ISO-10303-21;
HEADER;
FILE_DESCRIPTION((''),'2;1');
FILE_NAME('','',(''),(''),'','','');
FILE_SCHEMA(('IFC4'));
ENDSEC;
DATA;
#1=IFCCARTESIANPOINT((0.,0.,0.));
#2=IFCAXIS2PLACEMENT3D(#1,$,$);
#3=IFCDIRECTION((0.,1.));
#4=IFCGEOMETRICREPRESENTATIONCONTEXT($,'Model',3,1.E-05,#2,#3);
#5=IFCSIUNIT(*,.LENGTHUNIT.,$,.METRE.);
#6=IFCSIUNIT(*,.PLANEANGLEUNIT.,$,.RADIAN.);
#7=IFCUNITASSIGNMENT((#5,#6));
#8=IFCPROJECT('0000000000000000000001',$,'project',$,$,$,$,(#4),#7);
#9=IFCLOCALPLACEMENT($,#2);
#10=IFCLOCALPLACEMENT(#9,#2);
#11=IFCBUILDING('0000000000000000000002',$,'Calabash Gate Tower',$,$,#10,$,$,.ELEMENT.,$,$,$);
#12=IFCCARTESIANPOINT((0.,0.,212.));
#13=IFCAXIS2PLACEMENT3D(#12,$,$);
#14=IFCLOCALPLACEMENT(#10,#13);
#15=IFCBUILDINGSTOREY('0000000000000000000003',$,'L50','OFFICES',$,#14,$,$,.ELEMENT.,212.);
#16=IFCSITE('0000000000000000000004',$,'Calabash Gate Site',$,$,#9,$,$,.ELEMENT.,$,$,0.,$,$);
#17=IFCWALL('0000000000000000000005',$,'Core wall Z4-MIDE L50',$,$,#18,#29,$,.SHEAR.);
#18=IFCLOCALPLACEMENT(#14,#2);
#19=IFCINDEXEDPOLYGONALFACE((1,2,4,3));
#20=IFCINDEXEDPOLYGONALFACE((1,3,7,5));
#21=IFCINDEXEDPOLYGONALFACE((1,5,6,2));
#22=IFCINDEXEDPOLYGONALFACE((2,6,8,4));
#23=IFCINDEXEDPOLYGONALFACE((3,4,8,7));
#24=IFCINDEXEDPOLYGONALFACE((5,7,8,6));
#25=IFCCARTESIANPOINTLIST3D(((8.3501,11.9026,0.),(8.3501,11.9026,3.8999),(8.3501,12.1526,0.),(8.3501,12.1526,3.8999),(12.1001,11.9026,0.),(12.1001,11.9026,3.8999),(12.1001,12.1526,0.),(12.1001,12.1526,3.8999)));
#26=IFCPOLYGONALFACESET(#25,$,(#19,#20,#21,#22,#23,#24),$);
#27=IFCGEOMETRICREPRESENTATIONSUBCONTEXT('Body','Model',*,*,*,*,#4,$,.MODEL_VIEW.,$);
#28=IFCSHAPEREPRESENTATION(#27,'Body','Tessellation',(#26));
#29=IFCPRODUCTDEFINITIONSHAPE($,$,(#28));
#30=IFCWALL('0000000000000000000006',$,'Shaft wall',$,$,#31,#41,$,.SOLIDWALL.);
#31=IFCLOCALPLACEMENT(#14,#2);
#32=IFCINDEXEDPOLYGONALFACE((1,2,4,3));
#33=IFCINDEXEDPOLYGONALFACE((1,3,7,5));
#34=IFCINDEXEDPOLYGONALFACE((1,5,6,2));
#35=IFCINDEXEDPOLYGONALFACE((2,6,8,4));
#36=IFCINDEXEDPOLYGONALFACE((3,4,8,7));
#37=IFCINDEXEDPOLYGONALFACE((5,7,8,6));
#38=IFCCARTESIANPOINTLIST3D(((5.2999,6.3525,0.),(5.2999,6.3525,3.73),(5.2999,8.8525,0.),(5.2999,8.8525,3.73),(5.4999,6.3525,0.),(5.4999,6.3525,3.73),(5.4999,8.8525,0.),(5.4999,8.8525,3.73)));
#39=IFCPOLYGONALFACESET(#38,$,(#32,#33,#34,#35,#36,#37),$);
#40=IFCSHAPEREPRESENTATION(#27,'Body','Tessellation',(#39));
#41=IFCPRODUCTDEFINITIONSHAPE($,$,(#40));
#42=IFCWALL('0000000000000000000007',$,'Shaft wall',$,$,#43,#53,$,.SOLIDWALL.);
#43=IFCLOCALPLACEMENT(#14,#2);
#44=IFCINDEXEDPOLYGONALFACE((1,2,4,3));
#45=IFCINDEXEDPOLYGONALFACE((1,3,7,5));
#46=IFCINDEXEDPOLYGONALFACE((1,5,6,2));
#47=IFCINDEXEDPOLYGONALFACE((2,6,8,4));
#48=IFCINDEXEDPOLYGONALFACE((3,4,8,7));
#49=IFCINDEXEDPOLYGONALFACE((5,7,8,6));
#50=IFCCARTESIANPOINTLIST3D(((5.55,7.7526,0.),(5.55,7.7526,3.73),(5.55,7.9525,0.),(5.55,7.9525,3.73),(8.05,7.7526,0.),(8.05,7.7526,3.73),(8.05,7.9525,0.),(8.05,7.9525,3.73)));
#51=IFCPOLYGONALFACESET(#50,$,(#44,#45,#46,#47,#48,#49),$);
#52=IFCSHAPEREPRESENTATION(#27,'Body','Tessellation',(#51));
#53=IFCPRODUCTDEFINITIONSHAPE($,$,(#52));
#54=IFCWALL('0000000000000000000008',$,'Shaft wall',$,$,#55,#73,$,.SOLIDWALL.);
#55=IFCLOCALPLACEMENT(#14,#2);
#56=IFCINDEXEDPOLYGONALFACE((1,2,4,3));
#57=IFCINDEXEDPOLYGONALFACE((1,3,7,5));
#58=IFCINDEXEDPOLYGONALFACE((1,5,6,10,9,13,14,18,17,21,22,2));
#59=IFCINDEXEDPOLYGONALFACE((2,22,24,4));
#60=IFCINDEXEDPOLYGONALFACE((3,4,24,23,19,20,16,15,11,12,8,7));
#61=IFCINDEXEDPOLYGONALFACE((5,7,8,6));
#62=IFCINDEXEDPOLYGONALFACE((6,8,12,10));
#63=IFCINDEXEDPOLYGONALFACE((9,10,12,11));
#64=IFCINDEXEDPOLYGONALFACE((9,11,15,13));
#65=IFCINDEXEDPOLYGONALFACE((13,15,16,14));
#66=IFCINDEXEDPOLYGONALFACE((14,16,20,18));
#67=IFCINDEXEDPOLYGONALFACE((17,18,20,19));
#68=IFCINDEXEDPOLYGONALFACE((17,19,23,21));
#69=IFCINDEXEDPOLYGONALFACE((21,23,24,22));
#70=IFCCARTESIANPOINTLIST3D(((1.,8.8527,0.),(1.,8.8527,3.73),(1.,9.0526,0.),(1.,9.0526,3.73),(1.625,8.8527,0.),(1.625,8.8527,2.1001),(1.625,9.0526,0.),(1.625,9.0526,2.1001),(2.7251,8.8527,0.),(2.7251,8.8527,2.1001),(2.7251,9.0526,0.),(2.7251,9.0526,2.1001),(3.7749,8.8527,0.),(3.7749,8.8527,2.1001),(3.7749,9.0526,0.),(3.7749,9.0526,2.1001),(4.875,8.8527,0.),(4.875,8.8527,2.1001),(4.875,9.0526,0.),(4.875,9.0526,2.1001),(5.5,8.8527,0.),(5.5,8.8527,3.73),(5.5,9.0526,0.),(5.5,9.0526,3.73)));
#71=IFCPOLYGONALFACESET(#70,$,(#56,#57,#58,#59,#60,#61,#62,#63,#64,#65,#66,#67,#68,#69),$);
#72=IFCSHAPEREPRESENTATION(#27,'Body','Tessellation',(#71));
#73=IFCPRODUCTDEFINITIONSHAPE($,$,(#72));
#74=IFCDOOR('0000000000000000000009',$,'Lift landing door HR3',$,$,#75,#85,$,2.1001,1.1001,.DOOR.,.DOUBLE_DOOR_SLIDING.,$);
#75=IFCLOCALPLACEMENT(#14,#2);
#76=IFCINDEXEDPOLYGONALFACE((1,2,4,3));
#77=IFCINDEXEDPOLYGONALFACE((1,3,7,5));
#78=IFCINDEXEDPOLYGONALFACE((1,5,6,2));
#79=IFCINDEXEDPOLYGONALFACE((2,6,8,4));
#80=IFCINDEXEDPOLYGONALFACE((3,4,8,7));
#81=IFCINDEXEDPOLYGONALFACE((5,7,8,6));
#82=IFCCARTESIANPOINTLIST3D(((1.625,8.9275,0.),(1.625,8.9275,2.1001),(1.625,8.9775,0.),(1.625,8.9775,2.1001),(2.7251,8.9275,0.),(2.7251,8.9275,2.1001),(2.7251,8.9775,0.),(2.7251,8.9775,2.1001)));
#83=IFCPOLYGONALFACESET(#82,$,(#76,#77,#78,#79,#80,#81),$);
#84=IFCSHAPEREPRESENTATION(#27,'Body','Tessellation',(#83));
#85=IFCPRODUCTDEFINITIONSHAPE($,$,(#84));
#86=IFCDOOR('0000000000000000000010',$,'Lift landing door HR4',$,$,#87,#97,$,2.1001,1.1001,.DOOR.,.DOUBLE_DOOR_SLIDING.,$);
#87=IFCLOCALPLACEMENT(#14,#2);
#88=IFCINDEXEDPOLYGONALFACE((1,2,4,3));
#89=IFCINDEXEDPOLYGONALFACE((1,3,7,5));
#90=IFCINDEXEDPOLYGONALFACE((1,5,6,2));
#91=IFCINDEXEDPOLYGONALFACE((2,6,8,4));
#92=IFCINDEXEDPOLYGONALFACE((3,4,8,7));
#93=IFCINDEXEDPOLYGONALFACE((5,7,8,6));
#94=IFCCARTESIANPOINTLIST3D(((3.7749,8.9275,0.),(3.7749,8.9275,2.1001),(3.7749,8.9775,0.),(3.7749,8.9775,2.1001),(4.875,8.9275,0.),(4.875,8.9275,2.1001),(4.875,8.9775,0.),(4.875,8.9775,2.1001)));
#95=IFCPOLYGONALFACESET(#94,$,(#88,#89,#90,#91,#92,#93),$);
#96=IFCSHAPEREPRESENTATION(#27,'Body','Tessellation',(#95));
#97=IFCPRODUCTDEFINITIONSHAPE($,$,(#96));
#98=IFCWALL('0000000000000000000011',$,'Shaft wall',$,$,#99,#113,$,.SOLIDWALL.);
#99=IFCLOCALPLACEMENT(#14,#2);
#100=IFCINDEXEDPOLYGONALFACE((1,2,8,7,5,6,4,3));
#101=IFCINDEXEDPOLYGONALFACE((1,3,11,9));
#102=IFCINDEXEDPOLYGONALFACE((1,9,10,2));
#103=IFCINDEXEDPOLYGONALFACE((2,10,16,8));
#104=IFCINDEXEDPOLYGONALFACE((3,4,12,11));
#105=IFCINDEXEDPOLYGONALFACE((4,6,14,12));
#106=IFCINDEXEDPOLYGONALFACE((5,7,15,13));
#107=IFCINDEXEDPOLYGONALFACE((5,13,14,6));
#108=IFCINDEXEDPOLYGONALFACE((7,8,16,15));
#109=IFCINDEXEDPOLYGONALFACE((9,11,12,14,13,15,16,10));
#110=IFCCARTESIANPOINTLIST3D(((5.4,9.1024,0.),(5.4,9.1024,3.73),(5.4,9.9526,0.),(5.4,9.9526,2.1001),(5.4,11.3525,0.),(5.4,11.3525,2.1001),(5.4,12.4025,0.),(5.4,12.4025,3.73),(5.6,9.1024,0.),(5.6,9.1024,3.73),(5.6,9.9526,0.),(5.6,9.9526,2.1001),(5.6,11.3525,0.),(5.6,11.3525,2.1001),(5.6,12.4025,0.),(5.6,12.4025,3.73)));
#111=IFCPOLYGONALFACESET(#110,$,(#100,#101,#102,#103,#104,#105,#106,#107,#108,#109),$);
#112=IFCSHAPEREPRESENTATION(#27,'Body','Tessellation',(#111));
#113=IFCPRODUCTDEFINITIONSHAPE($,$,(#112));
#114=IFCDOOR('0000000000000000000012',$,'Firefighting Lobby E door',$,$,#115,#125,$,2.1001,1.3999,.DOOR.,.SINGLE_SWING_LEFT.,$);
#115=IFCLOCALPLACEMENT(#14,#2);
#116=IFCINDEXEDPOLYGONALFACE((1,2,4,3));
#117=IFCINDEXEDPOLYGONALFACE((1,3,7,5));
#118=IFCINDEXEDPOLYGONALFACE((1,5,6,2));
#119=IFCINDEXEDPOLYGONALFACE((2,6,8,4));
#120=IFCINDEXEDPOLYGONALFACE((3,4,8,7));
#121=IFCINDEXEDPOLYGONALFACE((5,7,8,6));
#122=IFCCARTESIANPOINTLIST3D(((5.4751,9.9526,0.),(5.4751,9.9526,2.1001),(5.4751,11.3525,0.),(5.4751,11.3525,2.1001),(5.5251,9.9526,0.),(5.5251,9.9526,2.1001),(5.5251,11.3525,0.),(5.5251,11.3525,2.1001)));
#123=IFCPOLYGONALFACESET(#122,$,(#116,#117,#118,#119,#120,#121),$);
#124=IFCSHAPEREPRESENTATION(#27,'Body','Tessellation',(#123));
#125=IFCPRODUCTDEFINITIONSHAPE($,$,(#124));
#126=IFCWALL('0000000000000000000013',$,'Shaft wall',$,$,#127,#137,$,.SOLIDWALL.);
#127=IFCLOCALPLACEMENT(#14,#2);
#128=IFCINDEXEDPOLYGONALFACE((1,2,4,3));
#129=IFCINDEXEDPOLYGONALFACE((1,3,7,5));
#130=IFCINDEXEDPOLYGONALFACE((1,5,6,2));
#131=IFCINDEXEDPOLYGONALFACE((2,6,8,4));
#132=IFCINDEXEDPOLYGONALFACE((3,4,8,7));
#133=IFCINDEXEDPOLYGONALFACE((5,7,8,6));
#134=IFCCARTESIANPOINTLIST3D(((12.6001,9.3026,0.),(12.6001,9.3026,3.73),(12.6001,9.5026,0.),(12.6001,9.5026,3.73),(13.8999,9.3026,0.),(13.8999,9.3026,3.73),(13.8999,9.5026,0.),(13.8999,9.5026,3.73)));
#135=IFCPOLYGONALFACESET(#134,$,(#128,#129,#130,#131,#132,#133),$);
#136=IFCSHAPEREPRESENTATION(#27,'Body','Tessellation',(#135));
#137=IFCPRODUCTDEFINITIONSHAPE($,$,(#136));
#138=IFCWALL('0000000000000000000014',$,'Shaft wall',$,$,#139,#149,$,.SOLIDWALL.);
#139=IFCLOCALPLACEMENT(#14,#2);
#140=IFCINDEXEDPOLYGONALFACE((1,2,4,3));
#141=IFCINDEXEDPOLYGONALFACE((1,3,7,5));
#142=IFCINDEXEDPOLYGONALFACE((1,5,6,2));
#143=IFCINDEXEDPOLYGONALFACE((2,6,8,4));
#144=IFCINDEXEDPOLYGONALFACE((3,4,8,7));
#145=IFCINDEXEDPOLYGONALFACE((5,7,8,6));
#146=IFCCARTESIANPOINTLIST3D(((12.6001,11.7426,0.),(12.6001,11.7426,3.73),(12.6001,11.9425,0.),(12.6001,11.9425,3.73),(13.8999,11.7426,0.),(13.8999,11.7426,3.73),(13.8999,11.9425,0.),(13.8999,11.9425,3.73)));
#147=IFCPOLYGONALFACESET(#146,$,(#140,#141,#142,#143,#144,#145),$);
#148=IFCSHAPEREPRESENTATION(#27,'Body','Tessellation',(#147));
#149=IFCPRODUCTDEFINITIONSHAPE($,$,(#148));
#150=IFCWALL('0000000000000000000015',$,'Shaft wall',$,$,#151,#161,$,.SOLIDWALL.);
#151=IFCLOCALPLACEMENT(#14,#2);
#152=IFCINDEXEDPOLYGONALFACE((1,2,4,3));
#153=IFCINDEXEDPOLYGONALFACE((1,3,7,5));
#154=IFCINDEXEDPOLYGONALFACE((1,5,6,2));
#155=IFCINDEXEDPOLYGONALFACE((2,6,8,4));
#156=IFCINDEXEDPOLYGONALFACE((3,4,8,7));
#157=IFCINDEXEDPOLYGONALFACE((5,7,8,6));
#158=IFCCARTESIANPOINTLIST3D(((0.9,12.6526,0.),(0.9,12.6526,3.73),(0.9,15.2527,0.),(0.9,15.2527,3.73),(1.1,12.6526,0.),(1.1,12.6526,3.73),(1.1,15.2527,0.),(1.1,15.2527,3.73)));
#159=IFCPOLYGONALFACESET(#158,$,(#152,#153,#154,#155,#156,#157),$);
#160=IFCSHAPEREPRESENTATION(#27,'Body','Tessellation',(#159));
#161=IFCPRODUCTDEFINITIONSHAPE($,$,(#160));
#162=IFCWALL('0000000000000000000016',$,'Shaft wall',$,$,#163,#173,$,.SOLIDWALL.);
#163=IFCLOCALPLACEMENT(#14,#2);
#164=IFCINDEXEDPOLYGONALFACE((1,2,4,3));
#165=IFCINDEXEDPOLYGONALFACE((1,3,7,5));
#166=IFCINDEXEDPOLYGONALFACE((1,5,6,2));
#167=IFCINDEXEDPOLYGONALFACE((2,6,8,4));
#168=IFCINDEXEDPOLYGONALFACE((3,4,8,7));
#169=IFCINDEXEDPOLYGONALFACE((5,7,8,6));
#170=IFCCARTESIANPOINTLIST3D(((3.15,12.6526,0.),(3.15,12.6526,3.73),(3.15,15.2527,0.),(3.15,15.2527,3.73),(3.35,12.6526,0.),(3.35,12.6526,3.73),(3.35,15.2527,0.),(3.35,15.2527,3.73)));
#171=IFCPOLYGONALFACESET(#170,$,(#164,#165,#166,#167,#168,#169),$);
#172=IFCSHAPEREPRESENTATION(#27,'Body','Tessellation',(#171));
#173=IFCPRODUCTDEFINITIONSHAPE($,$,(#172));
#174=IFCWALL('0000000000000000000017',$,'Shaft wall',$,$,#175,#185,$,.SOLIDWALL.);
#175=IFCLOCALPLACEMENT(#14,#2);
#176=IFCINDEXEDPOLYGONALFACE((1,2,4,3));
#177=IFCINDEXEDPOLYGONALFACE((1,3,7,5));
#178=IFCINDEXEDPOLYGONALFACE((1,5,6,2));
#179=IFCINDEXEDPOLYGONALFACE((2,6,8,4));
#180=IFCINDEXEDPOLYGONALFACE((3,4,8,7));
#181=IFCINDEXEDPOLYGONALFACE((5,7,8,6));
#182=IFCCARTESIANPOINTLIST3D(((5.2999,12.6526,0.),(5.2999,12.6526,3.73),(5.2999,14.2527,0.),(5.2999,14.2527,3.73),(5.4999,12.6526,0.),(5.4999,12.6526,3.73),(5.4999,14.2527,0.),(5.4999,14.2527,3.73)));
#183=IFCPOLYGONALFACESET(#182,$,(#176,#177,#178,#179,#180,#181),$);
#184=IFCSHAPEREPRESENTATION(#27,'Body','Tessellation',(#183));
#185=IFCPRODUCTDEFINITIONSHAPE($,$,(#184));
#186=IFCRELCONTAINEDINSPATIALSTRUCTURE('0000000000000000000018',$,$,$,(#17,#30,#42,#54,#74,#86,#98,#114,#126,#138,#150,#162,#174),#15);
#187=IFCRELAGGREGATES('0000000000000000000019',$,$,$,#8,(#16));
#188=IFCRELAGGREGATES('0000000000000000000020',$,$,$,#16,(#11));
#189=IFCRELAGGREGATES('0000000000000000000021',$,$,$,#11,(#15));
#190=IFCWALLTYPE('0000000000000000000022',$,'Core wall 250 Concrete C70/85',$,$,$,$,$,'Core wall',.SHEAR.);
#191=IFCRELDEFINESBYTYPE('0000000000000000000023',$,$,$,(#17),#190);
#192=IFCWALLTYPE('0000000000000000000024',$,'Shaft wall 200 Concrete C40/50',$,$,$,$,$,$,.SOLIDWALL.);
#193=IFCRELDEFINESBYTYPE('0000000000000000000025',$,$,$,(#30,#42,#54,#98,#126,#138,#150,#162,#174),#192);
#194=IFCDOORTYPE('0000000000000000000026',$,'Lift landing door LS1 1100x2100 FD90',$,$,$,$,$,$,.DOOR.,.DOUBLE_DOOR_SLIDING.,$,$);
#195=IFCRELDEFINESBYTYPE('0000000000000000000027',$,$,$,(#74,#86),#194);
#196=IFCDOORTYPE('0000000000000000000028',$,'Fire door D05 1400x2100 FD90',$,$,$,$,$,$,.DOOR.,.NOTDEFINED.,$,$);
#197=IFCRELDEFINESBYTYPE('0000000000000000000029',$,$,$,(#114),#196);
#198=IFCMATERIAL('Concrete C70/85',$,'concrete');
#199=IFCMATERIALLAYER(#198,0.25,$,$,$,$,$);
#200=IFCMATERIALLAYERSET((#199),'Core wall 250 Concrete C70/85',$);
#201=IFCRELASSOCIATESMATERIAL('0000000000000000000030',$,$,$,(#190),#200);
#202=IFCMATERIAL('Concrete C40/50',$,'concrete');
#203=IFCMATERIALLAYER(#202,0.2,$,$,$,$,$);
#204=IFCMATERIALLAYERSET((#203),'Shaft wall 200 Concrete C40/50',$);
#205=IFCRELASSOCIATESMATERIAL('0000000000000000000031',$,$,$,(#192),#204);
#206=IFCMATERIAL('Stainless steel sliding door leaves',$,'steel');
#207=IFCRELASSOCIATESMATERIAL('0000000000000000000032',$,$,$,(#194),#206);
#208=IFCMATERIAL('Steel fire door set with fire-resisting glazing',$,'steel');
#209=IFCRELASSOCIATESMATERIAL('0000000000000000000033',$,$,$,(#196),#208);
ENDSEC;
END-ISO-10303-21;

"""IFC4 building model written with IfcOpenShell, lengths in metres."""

from ifc_helpers import new_model, si_unit, direction, frame, frame_2d, origin, place, context, subcontext, project, spatial, rectangle, extrude, material, layer, layer_set, type_object, element, fill, save


model = new_model("IFC4")

# Units and contexts
model_context = context("Model", 3, precision=1e-05, world=origin(), true_north=direction((0.0, 1.0)))
body_context = subcontext(model_context, "Body", "Model", "MODEL_VIEW")
ifc_project = project(units=[si_unit("LENGTHUNIT", "METRE"), si_unit("PLANEANGLEUNIT", "RADIAN")], contexts=[model_context])

# Site, building, storey
site_placement = place(None, origin())
site = spatial("IfcSite", under=ifc_project, at=site_placement, Name="Calabash Gate Site", CompositionType="ELEMENT", RefElevation=0.0)
building_placement = place(site_placement, origin())
building = spatial("IfcBuilding", under=site, at=building_placement, Name="Calabash Gate Tower", CompositionType="ELEMENT")
storey_placement = place(building_placement, frame((0.0, 0.0, 212.0)))
storey = spatial("IfcBuildingStorey", under=building, at=storey_placement, Name="L50", Description="OFFICES", CompositionType="ELEMENT", Elevation=212.0)

# Walls
ifc_material_1 = material(Name="Concrete C70/85", Category="concrete")
ifc_layer_1 = layer(ifc_material_1, 0.25)
ifc_layer_set_1 = layer_set([ifc_layer_1], Name="Core wall 250 Concrete C70/85")
wall_type_1 = type_object("IfcWallType", Name="Core wall 250 Concrete C70/85", ElementType="Core wall", PredefinedType="SHEAR", material=ifc_layer_set_1)
wall_1_placement = place(storey_placement, frame((8.3501, 12.0276, 0.0), z_axis=(0.0, 0.0, 1.0), x_axis=(1.0, 0.0, 0.0)))
element("IfcWall", 1, at=wall_1_placement, inside=storey, type_object=wall_type_1, Name="Core wall Z4-MIDE L50", PredefinedType="SHEAR", context=body_context, shape_type="SweptSolid", body=[
    extrude(rectangle(XDim=3.75, YDim=0.25, at=frame_2d((1.875, 0.0))), origin(), (0.0, 0.0, 1.0), 3.8999),
])
ifc_material_2 = material(Name="Concrete C40/50", Category="concrete")
ifc_layer_2 = layer(ifc_material_2, 0.2)
ifc_layer_set_2 = layer_set([ifc_layer_2], Name="Shaft wall 200 Concrete C40/50")
wall_type_2 = type_object("IfcWallType", Name="Shaft wall 200 Concrete C40/50", PredefinedType="SOLIDWALL", material=ifc_layer_set_2)
for number, where, z_axis, x_axis, name in (
    (2, (5.3999, 6.3525, 0.0), (0.0, 0.0, 1.0), (0.0, 1.0, 0.0), "Shaft wall"),
    (3, (5.55, 7.8525, 0.0), (0.0, 0.0, 1.0), (1.0, 0.0, 0.0), "Shaft wall"),
):
    element("IfcWall", number, at=place(storey_placement, frame(where, z_axis=z_axis, x_axis=x_axis)), inside=storey, type_object=wall_type_2, Name=name, PredefinedType="SOLIDWALL", context=body_context, shape_type="SweptSolid", body=[
        extrude(rectangle(XDim=2.5, YDim=0.2, at=frame_2d((1.25, 0.0))), origin(), (0.0, 0.0, 1.0), 3.73),
    ])

# Wall, openings, doors
wall_2_placement = place(storey_placement, frame((1.0, 8.9526, 0.0), z_axis=(0.0, 0.0, 1.0), x_axis=(1.0, 0.0, 0.0)))
wall_2 = element("IfcWall", 4, at=wall_2_placement, inside=storey, type_object=wall_type_2, Name="Shaft wall", PredefinedType="SOLIDWALL", context=body_context, shape_type="SweptSolid", body=[
    extrude(rectangle(XDim=4.5, YDim=0.2, at=frame_2d((2.25, 0.0))), origin(), (0.0, 0.0, 1.0), 3.73),
])
opening_1_placement = place(wall_2_placement, frame((0.625, 0.0, 0.0)))
opening_1 = element("IfcOpeningElement", 5, at=opening_1_placement, cuts=wall_2, PredefinedType="OPENING", context=body_context, shape_type="SweptSolid", body=[
    extrude(rectangle(XDim=1.1001, YDim=2.1001, at=frame_2d((0.55, 1.05))), frame((0.0, 0.1099, 0.0), z_axis=(0.0, -1.0, 0.0), x_axis=(1.0, 0.0, 0.0)), (0.0, 0.0, 1.0), 0.22),
])
opening_2_placement = place(wall_2_placement, frame((2.7749, 0.0, 0.0)))
opening_2 = element("IfcOpeningElement", 6, at=opening_2_placement, cuts=wall_2, PredefinedType="OPENING", context=body_context, shape_type="SweptSolid", body=[
    extrude(rectangle(XDim=1.1001, YDim=2.1001, at=frame_2d((0.55, 1.05))), frame((0.0, 0.1099, 0.0), z_axis=(0.0, -1.0, 0.0), x_axis=(1.0, 0.0, 0.0)), (0.0, 0.0, 1.0), 0.22),
])
ifc_material_3 = material(Name="Stainless steel sliding door leaves", Category="steel")
door_type_1 = type_object("IfcDoorType", Name="Lift landing door LS1 1100x2100 FD90", OperationType="DOUBLE_DOOR_SLIDING", PredefinedType="DOOR", material=ifc_material_3)
door_1_placement = place(opening_1_placement, origin())
door_1 = element("IfcDoor", 7, at=door_1_placement, inside=storey, type_object=door_type_1, Name="Lift landing door HR3", OperationType="DOUBLE_DOOR_SLIDING", OverallHeight=2.1001, OverallWidth=1.1001, PredefinedType="DOOR", context=body_context, shape_type="SweptSolid", body=[
    extrude(rectangle(XDim=1.1001, YDim=2.1001, at=frame_2d((0.55, 1.05))), frame((0.0, 0.0249, 0.0), z_axis=(0.0, -1.0, 0.0), x_axis=(1.0, 0.0, 0.0)), (0.0, 0.0, 1.0), 0.05),
])
fill(opening_1, door_1)
door_2_placement = place(opening_2_placement, origin())
door_2 = element("IfcDoor", 8, at=door_2_placement, inside=storey, type_object=door_type_1, Name="Lift landing door HR4", OperationType="DOUBLE_DOOR_SLIDING", OverallHeight=2.1001, OverallWidth=1.1001, PredefinedType="DOOR", context=body_context, shape_type="SweptSolid", body=[
    extrude(rectangle(XDim=1.1001, YDim=2.1001, at=frame_2d((0.55, 1.05))), frame((0.0, 0.0249, 0.0), z_axis=(0.0, -1.0, 0.0), x_axis=(1.0, 0.0, 0.0)), (0.0, 0.0, 1.0), 0.05),
])
fill(opening_2, door_2)

# Wall, opening, door
wall_3_placement = place(storey_placement, frame((5.5, 9.1025, 0.0), z_axis=(0.0, 0.0, 1.0), x_axis=(0.0, 1.0, 0.0)))
wall_3 = element("IfcWall", 9, at=wall_3_placement, inside=storey, type_object=wall_type_2, Name="Shaft wall", PredefinedType="SOLIDWALL", context=body_context, shape_type="SweptSolid", body=[
    extrude(rectangle(XDim=3.3, YDim=0.2, at=frame_2d((1.6499, 0.0))), origin(), (0.0, 0.0, 1.0), 3.73),
])
opening_3_placement = place(wall_3_placement, frame((0.8501, 0.0, 0.0)))
opening_3 = element("IfcOpeningElement", 10, at=opening_3_placement, cuts=wall_3, PredefinedType="OPENING", context=body_context, shape_type="SweptSolid", body=[
    extrude(rectangle(XDim=1.3999, YDim=2.1001, at=frame_2d((0.7, 1.05))), frame((0.0, 0.1099, 0.0), z_axis=(0.0, -1.0, 0.0), x_axis=(1.0, 0.0, 0.0)), (0.0, 0.0, 1.0), 0.22),
])
ifc_material_4 = material(Name="Steel fire door set with fire-resisting glazing", Category="steel")
door_type_2 = type_object("IfcDoorType", Name="Fire door D05 1400x2100 FD90", OperationType="NOTDEFINED", PredefinedType="DOOR", material=ifc_material_4)
door_3_placement = place(opening_3_placement, origin())
door_3 = element("IfcDoor", 11, at=door_3_placement, inside=storey, type_object=door_type_2, Name="Firefighting Lobby E door", OperationType="SINGLE_SWING_LEFT", OverallHeight=2.1001, OverallWidth=1.3999, PredefinedType="DOOR", context=body_context, shape_type="SweptSolid", body=[
    extrude(rectangle(XDim=1.3999, YDim=2.1001, at=frame_2d((0.7, 1.05))), frame((0.0, 0.0249, 0.0), z_axis=(0.0, -1.0, 0.0), x_axis=(1.0, 0.0, 0.0)), (0.0, 0.0, 1.0), 0.05),
])
fill(opening_3, door_3)

# Walls
for number, where, z_axis, x_axis, name in (
    (12, (12.6001, 9.4026, 0.0), (0.0, 0.0, 1.0), (1.0, 0.0, 0.0), "Shaft wall"),
    (13, (12.6001, 11.8425, 0.0), (0.0, 0.0, 1.0), (1.0, 0.0, 0.0), "Shaft wall"),
):
    element("IfcWall", number, at=place(storey_placement, frame(where, z_axis=z_axis, x_axis=x_axis)), inside=storey, type_object=wall_type_2, Name=name, PredefinedType="SOLIDWALL", context=body_context, shape_type="SweptSolid", body=[
        extrude(rectangle(XDim=1.2998, YDim=0.2, at=frame_2d((0.6499, 0.0))), origin(), (0.0, 0.0, 1.0), 3.73),
    ])
for number, where, z_axis, x_axis, name in (
    (14, (1.0, 12.6526, 0.0), (0.0, 0.0, 1.0), (0.0, 1.0, 0.0), "Shaft wall"),
    (15, (3.25, 12.6526, 0.0), (0.0, 0.0, 1.0), (0.0, 1.0, 0.0), "Shaft wall"),
):
    element("IfcWall", number, at=place(storey_placement, frame(where, z_axis=z_axis, x_axis=x_axis)), inside=storey, type_object=wall_type_2, Name=name, PredefinedType="SOLIDWALL", context=body_context, shape_type="SweptSolid", body=[
        extrude(rectangle(XDim=2.6001, YDim=0.2, at=frame_2d((1.3, 0.0))), origin(), (0.0, 0.0, 1.0), 3.73),
    ])
wall_4_placement = place(storey_placement, frame((5.3999, 12.6526, 0.0), z_axis=(0.0, 0.0, 1.0), x_axis=(0.0, 1.0, 0.0)))
element("IfcWall", 16, at=wall_4_placement, inside=storey, type_object=wall_type_2, Name="Shaft wall", PredefinedType="SOLIDWALL", context=body_context, shape_type="SweptSolid", body=[
    extrude(rectangle(XDim=1.6001, YDim=0.2, at=frame_2d((0.8, 0.0))), origin(), (0.0, 0.0, 1.0), 3.73),
])

save(model, "model.ifc")
